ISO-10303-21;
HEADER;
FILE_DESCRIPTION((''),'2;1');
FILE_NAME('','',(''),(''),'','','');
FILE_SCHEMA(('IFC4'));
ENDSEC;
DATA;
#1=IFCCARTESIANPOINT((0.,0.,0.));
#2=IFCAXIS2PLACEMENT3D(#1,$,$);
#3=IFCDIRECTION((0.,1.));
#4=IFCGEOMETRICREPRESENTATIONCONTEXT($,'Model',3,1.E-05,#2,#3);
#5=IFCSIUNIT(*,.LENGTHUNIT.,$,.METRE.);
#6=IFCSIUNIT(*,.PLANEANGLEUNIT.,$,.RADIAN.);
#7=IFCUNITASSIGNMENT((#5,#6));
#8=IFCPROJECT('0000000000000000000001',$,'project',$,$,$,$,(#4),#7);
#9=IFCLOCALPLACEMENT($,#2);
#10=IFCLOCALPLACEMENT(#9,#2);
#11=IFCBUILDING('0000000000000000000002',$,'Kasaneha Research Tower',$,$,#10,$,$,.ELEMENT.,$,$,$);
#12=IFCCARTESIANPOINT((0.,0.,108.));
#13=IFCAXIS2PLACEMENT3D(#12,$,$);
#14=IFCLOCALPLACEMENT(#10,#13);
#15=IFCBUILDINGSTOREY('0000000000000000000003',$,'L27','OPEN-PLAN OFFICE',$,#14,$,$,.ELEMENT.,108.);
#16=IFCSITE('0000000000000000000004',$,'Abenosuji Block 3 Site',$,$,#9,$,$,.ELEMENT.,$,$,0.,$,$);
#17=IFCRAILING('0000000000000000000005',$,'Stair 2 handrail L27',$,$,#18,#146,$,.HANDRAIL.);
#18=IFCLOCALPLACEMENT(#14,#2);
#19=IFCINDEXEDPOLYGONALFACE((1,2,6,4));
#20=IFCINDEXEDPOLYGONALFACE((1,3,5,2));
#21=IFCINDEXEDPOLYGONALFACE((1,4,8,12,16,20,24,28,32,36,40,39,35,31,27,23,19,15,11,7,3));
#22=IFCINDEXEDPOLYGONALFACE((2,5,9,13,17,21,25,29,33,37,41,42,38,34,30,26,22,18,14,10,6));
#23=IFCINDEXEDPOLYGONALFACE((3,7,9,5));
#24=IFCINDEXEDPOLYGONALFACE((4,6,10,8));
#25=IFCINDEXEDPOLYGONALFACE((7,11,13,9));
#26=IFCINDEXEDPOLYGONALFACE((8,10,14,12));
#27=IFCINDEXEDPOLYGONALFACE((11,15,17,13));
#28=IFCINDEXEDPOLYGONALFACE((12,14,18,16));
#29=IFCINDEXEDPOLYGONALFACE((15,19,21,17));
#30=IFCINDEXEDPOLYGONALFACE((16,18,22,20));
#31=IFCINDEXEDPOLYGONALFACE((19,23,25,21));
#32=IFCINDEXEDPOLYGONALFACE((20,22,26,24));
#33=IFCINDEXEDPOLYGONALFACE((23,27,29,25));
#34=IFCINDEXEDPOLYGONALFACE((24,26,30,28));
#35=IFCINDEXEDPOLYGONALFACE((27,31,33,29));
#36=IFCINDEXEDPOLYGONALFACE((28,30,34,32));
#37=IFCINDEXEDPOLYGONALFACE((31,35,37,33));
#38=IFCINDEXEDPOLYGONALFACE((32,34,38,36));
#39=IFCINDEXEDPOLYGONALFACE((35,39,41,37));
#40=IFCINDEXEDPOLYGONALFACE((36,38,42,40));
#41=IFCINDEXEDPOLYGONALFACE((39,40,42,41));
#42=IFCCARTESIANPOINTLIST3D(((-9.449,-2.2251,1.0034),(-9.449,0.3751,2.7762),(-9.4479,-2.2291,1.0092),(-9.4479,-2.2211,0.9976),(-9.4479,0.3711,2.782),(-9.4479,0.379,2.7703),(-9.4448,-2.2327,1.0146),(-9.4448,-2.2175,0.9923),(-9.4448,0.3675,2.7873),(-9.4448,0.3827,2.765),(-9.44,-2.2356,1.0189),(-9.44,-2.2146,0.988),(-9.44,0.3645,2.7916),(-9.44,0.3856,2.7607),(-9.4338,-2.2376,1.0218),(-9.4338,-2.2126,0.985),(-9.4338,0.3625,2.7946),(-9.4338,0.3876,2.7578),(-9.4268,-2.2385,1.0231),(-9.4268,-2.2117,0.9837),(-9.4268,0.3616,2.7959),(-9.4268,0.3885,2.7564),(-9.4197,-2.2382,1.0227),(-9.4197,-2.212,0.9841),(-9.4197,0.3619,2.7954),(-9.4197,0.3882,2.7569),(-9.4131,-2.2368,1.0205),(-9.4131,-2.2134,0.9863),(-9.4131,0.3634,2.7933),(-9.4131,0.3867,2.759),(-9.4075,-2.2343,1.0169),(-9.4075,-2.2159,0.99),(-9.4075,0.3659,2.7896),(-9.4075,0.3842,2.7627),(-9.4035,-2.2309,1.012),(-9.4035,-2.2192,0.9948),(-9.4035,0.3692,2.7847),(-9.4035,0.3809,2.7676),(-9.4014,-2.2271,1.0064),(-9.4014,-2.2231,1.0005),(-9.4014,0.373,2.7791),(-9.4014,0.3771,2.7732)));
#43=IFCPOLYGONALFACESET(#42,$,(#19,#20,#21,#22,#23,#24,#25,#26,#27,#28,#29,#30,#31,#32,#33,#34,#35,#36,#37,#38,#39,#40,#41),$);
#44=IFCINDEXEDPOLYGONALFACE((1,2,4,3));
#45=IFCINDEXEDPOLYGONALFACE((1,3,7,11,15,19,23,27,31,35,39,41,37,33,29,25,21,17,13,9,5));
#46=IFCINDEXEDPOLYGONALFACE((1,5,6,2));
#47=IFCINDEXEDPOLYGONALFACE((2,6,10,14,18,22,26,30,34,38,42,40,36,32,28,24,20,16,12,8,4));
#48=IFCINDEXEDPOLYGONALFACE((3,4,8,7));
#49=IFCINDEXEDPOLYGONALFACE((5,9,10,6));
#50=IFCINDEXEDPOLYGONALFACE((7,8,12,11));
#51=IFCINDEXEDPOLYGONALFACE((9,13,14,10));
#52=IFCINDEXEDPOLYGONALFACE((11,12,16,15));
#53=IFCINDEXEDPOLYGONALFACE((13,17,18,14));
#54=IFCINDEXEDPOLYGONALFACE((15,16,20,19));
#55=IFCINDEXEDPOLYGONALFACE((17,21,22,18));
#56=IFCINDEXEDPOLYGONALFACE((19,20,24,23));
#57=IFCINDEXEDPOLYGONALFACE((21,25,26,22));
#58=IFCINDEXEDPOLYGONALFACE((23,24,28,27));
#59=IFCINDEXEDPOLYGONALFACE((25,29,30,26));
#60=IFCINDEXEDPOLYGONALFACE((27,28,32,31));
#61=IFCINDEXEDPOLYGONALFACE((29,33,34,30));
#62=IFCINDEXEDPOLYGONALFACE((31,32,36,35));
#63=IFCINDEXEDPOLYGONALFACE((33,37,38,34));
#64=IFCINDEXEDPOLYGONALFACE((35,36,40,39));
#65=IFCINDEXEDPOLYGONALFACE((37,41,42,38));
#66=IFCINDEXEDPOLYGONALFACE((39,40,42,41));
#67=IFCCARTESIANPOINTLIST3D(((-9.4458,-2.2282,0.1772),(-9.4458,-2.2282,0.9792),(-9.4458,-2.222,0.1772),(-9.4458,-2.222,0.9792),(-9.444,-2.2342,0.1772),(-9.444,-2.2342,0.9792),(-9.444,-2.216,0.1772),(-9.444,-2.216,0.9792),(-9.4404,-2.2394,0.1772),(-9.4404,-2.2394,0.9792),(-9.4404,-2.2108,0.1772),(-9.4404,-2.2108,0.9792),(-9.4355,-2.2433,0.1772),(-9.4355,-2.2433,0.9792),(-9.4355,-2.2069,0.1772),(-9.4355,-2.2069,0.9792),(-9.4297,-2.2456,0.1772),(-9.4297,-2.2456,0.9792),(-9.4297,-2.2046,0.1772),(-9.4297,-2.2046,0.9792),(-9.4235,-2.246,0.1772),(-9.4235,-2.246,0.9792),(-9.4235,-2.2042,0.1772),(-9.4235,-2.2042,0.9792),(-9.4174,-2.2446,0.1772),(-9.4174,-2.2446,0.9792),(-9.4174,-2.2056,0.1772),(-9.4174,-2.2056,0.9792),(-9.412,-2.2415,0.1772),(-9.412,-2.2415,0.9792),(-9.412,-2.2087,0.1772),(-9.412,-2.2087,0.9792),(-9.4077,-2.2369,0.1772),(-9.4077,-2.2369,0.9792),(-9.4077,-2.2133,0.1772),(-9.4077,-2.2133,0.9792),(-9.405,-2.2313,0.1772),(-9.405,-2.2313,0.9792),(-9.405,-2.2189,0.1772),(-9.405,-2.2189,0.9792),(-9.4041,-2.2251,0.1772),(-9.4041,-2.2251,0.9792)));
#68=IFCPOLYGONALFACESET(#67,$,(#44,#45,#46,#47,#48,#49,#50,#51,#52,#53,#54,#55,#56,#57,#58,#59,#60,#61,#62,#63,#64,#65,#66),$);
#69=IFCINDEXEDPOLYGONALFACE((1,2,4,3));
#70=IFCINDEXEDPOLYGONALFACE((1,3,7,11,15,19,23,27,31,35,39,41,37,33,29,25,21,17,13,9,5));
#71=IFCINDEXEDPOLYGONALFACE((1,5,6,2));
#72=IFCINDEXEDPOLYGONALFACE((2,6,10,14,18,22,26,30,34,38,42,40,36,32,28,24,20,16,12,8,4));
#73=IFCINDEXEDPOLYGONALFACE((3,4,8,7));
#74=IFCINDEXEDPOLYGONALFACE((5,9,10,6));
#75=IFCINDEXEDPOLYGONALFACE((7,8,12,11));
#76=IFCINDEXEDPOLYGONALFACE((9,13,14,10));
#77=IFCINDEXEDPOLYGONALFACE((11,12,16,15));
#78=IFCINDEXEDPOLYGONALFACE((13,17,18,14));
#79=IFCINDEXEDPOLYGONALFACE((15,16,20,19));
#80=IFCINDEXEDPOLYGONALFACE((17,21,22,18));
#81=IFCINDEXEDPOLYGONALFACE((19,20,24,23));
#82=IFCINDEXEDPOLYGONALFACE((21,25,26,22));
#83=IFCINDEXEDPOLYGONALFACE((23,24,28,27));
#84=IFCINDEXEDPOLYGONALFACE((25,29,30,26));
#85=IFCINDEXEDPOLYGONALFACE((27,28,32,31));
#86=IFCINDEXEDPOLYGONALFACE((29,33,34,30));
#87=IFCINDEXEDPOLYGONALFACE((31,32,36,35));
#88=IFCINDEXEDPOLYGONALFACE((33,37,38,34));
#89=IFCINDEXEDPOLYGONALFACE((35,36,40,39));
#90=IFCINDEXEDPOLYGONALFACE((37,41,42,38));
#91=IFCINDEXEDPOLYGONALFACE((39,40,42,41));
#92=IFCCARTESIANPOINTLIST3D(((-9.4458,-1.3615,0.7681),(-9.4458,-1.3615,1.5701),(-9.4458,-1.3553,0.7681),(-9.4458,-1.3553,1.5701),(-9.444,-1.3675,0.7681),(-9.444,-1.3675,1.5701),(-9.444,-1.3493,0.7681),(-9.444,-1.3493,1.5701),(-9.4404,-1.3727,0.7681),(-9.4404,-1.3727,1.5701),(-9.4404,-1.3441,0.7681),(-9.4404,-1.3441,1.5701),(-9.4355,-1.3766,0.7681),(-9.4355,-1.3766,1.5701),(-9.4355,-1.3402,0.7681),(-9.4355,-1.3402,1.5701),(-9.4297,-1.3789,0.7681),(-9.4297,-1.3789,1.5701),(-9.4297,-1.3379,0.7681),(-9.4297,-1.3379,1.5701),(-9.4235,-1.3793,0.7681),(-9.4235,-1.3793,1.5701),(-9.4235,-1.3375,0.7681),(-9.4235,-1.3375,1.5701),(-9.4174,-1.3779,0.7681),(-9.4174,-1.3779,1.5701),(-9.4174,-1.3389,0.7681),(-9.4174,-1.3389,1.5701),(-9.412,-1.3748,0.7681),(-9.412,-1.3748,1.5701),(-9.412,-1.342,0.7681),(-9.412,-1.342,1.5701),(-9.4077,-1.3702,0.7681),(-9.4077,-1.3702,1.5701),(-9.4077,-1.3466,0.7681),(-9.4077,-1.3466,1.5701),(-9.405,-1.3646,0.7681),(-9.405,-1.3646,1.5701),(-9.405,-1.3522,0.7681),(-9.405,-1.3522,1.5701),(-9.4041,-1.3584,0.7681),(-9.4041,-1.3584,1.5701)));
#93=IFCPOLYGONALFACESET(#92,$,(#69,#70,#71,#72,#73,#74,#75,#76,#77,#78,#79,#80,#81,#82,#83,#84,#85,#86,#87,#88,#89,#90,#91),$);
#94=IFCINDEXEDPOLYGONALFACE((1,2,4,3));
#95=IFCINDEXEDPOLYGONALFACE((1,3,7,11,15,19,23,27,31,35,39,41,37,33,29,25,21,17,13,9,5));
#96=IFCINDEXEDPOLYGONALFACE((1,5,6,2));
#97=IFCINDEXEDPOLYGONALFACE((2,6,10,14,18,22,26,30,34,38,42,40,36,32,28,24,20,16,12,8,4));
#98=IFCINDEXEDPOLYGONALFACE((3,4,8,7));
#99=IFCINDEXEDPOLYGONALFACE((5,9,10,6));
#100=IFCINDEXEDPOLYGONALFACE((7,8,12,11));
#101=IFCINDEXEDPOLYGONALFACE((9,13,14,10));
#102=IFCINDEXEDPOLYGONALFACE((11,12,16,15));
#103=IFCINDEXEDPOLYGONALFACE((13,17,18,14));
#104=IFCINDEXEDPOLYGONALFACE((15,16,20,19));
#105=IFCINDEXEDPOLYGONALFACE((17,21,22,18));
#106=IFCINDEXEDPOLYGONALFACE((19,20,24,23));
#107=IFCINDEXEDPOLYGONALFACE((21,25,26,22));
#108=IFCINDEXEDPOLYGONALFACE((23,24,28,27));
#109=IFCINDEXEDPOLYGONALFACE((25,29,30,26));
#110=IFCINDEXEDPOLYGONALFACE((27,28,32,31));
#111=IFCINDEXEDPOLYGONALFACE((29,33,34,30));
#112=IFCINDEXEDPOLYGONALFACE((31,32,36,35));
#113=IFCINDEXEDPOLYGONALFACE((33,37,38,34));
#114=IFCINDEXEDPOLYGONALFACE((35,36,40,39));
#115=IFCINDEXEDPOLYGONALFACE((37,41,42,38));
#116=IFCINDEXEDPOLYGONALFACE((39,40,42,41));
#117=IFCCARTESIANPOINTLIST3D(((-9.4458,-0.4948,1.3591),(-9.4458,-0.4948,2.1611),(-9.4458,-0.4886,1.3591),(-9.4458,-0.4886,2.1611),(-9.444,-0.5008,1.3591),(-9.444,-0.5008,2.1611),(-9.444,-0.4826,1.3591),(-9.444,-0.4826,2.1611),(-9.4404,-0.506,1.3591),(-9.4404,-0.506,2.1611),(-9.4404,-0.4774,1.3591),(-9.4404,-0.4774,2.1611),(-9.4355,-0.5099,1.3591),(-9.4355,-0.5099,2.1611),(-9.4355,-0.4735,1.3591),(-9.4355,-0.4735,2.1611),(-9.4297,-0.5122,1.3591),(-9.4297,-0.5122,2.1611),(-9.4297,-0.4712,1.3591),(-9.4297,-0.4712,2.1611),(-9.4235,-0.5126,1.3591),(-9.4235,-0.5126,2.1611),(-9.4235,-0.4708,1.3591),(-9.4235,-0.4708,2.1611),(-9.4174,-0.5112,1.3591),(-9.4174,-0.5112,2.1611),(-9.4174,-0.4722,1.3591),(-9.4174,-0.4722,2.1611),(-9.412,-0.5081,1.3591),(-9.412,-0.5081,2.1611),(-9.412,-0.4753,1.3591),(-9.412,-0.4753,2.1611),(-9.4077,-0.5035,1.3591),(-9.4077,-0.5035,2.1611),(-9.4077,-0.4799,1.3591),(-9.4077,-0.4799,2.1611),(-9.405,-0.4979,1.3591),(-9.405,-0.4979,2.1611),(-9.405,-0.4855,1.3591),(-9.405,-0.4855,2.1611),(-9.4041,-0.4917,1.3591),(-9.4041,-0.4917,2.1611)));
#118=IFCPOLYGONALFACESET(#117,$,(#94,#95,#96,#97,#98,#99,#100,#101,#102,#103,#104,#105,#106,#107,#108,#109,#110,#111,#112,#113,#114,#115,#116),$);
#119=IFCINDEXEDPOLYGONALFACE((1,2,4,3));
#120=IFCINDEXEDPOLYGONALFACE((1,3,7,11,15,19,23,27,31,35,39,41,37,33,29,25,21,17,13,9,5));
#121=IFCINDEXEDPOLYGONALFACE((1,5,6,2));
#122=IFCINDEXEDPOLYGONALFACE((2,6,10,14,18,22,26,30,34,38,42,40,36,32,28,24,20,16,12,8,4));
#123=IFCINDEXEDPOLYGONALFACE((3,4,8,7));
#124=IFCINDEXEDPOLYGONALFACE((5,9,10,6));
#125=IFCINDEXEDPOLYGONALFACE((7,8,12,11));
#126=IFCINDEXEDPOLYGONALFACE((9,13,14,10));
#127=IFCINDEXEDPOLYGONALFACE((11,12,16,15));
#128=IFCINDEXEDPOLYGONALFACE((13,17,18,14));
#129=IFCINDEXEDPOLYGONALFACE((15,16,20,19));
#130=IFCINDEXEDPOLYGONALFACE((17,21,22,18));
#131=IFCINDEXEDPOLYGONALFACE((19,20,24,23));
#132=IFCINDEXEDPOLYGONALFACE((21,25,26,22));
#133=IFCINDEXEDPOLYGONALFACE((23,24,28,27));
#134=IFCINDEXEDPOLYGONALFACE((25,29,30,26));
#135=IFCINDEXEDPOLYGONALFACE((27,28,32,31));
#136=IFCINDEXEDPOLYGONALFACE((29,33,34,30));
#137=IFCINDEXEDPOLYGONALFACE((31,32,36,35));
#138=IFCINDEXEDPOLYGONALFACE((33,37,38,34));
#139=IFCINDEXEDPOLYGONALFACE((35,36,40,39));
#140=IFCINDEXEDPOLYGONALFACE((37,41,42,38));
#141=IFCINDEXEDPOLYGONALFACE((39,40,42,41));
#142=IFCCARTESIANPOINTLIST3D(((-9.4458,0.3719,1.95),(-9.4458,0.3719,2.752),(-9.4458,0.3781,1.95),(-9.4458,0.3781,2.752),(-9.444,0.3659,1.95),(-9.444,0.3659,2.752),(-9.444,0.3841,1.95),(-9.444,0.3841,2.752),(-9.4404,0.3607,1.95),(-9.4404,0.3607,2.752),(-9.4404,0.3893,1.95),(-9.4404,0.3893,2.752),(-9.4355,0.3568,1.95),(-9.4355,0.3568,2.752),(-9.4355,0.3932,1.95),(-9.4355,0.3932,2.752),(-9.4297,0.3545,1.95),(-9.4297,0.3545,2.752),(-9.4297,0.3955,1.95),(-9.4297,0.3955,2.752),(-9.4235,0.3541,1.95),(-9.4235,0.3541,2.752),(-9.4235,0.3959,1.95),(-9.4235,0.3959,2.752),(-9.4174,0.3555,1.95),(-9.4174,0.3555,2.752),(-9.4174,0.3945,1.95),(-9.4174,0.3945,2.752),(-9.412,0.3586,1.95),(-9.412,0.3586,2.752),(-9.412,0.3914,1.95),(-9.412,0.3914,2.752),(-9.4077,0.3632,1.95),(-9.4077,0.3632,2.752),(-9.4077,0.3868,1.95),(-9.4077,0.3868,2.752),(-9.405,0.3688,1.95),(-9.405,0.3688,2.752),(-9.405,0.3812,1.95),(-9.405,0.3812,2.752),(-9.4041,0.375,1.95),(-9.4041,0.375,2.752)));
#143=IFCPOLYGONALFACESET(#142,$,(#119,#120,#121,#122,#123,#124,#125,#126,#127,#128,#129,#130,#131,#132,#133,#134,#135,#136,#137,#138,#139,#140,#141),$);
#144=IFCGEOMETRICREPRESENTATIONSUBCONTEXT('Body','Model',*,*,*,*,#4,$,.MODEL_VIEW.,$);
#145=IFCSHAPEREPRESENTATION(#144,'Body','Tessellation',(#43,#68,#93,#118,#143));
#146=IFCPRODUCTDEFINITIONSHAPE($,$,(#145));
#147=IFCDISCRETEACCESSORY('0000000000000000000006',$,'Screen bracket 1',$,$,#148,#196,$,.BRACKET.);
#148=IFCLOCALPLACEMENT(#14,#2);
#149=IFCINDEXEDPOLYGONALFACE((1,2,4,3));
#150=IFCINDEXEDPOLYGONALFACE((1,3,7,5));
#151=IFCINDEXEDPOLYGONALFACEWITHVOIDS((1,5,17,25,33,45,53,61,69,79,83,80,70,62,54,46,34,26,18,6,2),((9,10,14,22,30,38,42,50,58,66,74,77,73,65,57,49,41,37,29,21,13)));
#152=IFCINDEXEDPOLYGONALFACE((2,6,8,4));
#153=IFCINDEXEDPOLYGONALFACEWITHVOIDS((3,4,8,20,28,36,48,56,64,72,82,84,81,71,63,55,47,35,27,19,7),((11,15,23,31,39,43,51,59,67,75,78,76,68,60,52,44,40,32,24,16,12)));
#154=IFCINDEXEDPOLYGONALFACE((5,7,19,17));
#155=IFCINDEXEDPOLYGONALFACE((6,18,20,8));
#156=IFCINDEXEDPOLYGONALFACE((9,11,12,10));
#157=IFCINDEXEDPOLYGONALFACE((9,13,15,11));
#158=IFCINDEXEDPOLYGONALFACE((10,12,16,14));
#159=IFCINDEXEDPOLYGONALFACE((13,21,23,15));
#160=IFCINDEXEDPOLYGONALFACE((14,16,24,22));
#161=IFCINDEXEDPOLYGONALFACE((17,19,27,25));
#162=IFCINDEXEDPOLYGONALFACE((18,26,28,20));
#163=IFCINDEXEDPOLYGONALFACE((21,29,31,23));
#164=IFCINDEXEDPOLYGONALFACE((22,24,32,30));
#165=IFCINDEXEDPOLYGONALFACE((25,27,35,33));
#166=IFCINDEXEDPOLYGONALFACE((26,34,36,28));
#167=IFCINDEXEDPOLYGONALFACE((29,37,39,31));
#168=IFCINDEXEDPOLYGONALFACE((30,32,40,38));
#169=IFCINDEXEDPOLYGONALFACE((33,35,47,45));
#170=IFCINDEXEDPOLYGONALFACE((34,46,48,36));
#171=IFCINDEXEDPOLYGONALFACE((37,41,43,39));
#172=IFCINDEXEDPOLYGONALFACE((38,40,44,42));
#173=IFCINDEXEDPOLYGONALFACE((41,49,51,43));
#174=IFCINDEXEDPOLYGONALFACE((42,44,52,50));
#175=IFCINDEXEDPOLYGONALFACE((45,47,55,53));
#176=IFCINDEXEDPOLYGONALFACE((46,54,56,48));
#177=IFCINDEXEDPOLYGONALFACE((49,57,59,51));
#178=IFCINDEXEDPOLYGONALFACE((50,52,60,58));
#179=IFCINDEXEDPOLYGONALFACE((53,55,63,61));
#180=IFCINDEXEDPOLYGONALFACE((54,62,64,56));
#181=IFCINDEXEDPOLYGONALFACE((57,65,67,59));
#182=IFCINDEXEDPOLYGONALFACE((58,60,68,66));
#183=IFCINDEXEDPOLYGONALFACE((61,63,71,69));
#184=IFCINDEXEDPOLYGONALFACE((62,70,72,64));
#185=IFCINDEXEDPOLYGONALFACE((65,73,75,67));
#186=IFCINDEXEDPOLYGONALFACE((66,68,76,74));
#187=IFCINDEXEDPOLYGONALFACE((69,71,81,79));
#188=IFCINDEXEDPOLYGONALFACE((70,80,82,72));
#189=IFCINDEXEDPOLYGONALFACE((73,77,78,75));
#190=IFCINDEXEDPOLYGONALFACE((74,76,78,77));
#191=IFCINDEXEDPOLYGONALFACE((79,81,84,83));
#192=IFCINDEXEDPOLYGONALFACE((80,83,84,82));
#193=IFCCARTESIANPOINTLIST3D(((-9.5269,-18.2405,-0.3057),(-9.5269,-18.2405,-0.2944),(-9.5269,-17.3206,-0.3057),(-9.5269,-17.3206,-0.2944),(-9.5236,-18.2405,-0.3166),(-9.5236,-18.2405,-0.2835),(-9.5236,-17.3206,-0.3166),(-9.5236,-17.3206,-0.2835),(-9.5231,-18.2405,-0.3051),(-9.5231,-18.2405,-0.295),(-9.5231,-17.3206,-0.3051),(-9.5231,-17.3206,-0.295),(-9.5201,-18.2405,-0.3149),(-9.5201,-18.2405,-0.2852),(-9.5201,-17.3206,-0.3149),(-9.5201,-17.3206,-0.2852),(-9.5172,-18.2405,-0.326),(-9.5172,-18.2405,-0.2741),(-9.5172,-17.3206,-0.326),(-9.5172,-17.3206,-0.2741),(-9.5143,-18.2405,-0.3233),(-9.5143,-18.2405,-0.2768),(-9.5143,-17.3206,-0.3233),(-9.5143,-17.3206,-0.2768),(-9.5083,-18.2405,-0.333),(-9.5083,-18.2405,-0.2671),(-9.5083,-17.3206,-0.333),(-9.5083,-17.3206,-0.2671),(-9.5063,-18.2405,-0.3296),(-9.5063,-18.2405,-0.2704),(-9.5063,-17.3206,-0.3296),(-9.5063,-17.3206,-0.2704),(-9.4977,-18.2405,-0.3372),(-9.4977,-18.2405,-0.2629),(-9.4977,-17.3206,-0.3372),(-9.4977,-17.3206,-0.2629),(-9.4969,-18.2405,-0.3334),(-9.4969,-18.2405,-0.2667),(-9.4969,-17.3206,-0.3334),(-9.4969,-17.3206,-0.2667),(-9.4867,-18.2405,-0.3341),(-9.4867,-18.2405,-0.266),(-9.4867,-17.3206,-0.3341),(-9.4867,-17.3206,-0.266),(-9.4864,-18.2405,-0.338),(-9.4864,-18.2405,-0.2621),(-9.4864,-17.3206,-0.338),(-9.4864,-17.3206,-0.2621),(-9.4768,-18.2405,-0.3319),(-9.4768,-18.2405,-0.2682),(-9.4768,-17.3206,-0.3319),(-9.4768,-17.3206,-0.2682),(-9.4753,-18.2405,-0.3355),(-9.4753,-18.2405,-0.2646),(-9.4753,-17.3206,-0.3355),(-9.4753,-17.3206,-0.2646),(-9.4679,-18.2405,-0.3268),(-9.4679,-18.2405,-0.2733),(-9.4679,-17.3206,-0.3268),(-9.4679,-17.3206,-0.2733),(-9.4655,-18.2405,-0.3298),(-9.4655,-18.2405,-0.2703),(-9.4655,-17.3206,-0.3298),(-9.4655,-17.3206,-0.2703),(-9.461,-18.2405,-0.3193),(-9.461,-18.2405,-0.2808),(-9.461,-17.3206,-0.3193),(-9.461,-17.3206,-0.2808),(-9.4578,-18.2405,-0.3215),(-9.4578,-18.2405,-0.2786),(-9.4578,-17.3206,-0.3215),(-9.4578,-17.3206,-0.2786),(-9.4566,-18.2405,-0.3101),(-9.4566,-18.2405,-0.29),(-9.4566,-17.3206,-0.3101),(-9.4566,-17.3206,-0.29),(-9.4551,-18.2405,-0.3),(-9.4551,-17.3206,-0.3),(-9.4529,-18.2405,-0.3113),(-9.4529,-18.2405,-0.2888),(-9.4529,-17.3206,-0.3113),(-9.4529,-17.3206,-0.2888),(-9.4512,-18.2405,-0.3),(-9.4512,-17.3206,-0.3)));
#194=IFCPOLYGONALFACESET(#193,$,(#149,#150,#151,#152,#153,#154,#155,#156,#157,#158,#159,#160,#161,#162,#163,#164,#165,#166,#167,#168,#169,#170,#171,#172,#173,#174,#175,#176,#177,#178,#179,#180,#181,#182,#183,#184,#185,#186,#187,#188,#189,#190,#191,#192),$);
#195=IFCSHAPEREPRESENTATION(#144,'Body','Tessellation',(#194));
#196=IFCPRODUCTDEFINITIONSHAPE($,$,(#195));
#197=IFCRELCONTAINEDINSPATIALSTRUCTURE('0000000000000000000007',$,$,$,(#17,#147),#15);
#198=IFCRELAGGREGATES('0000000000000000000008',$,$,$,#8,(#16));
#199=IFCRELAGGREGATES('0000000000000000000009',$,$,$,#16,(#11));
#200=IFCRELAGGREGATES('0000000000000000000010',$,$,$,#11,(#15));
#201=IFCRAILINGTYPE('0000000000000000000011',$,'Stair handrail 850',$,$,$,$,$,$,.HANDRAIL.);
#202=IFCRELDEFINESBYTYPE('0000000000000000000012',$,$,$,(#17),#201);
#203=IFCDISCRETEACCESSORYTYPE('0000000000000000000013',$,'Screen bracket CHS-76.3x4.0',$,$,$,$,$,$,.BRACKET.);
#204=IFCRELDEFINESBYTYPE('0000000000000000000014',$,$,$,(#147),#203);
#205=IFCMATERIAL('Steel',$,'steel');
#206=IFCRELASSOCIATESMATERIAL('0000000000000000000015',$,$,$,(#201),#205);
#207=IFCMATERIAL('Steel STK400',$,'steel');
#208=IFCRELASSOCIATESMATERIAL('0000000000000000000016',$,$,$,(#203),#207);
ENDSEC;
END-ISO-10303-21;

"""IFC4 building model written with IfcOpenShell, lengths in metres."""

from ifc_helpers import new_model, si_unit, direction, frame, origin, origin_2d, place, context, subcontext, project, spatial, circle, hollow_circle, extrude, material, material_profile, profile_set, type_object, element, save


model = new_model("IFC4")

# Units and contexts
model_context = context("Model", 3, precision=1e-05, world=origin(), true_north=direction((0.0, 1.0)))
body_context = subcontext(model_context, "Body", "Model", "MODEL_VIEW")
ifc_project = project(units=[si_unit("LENGTHUNIT", "METRE"), si_unit("PLANEANGLEUNIT", "RADIAN")], contexts=[model_context])

# Site, building, storey
site_placement = place(None, origin())
site = spatial("IfcSite", under=ifc_project, at=site_placement, Name="Abenosuji Block 3 Site", CompositionType="ELEMENT", RefElevation=0.0)
building_placement = place(site_placement, origin())
building = spatial("IfcBuilding", under=site, at=building_placement, Name="Kasaneha Research Tower", CompositionType="ELEMENT")
storey_placement = place(building_placement, frame((0.0, 0.0, 108.0)))
storey = spatial("IfcBuildingStorey", under=building, at=storey_placement, Name="L27", Description="OPEN-PLAN OFFICE", CompositionType="ELEMENT", Elevation=108.0)

# Railing
ifc_material_1 = material(Name="Steel", Category="steel")
railing_type = type_object("IfcRailingType", Name="Stair handrail 850", PredefinedType="HANDRAIL", material=ifc_material_1)
railing_placement = place(storey_placement, frame((-9.425, -2.2251, 0.1772)))
element("IfcRailing", 1, at=railing_placement, inside=storey, type_object=railing_type, Name="Stair 2 handrail L27", PredefinedType="HANDRAIL", context=body_context, shape_type="SweptSolid", body=[
    extrude(circle(Radius=0.0239, at=origin_2d()), frame((0.0, 0.0, 0.8262), z_axis=(0.0, 0.82624, 0.563318), x_axis=(-1.0, 0.0, 0.0)), (0.0, 0.0, 1.0), 3.147),
    extrude(circle(Radius=0.021, at=origin_2d()), origin(), (0.0, 0.0, 1.0), 0.802),
    extrude(circle(Radius=0.021, at=origin_2d()), frame((0.0, 0.8667, 0.5908)), (0.0, 0.0, 1.0), 0.802),
    extrude(circle(Radius=0.021, at=origin_2d()), frame((0.0, 1.7334, 1.1819)), (0.0, 0.0, 1.0), 0.802),
    extrude(circle(Radius=0.021, at=origin_2d()), frame((0.0, 2.6001, 1.7727)), (0.0, 0.0, 1.0), 0.802),
])

# Discrete accessory
ifc_material_2 = material(Name="Steel STK400", Category="steel")
ifc_material_profile_1 = material_profile(ifc_material_2, hollow_circle(Radius=0.0381, WallThickness=0.0039, at=origin_2d()), Name="CHS-76.3x4.0")
ifc_profile_set_1 = profile_set([ifc_material_profile_1], Name="Steel STK400")
discrete_accessory_type = type_object("IfcDiscreteAccessoryType", Name="Screen bracket CHS-76.3x4.0", PredefinedType="BRACKET", material=ifc_profile_set_1)
discrete_accessory_placement = place(storey_placement, frame((-9.4893, -17.3206, -0.3), z_axis=(0.0, -1.0, 0.0), x_axis=(1.0, 0.0, 0.0)))
element("IfcDiscreteAccessory", 2, at=discrete_accessory_placement, inside=storey, type_object=discrete_accessory_type, Name="Screen bracket 1", PredefinedType="BRACKET", context=body_context, shape_type="SweptSolid", body=[
    extrude(hollow_circle(Radius=0.0381, WallThickness=0.0039, at=origin_2d()), origin(), (0.0, 0.0, 1.0), 0.9199),
])

save(model, "model.ifc")
